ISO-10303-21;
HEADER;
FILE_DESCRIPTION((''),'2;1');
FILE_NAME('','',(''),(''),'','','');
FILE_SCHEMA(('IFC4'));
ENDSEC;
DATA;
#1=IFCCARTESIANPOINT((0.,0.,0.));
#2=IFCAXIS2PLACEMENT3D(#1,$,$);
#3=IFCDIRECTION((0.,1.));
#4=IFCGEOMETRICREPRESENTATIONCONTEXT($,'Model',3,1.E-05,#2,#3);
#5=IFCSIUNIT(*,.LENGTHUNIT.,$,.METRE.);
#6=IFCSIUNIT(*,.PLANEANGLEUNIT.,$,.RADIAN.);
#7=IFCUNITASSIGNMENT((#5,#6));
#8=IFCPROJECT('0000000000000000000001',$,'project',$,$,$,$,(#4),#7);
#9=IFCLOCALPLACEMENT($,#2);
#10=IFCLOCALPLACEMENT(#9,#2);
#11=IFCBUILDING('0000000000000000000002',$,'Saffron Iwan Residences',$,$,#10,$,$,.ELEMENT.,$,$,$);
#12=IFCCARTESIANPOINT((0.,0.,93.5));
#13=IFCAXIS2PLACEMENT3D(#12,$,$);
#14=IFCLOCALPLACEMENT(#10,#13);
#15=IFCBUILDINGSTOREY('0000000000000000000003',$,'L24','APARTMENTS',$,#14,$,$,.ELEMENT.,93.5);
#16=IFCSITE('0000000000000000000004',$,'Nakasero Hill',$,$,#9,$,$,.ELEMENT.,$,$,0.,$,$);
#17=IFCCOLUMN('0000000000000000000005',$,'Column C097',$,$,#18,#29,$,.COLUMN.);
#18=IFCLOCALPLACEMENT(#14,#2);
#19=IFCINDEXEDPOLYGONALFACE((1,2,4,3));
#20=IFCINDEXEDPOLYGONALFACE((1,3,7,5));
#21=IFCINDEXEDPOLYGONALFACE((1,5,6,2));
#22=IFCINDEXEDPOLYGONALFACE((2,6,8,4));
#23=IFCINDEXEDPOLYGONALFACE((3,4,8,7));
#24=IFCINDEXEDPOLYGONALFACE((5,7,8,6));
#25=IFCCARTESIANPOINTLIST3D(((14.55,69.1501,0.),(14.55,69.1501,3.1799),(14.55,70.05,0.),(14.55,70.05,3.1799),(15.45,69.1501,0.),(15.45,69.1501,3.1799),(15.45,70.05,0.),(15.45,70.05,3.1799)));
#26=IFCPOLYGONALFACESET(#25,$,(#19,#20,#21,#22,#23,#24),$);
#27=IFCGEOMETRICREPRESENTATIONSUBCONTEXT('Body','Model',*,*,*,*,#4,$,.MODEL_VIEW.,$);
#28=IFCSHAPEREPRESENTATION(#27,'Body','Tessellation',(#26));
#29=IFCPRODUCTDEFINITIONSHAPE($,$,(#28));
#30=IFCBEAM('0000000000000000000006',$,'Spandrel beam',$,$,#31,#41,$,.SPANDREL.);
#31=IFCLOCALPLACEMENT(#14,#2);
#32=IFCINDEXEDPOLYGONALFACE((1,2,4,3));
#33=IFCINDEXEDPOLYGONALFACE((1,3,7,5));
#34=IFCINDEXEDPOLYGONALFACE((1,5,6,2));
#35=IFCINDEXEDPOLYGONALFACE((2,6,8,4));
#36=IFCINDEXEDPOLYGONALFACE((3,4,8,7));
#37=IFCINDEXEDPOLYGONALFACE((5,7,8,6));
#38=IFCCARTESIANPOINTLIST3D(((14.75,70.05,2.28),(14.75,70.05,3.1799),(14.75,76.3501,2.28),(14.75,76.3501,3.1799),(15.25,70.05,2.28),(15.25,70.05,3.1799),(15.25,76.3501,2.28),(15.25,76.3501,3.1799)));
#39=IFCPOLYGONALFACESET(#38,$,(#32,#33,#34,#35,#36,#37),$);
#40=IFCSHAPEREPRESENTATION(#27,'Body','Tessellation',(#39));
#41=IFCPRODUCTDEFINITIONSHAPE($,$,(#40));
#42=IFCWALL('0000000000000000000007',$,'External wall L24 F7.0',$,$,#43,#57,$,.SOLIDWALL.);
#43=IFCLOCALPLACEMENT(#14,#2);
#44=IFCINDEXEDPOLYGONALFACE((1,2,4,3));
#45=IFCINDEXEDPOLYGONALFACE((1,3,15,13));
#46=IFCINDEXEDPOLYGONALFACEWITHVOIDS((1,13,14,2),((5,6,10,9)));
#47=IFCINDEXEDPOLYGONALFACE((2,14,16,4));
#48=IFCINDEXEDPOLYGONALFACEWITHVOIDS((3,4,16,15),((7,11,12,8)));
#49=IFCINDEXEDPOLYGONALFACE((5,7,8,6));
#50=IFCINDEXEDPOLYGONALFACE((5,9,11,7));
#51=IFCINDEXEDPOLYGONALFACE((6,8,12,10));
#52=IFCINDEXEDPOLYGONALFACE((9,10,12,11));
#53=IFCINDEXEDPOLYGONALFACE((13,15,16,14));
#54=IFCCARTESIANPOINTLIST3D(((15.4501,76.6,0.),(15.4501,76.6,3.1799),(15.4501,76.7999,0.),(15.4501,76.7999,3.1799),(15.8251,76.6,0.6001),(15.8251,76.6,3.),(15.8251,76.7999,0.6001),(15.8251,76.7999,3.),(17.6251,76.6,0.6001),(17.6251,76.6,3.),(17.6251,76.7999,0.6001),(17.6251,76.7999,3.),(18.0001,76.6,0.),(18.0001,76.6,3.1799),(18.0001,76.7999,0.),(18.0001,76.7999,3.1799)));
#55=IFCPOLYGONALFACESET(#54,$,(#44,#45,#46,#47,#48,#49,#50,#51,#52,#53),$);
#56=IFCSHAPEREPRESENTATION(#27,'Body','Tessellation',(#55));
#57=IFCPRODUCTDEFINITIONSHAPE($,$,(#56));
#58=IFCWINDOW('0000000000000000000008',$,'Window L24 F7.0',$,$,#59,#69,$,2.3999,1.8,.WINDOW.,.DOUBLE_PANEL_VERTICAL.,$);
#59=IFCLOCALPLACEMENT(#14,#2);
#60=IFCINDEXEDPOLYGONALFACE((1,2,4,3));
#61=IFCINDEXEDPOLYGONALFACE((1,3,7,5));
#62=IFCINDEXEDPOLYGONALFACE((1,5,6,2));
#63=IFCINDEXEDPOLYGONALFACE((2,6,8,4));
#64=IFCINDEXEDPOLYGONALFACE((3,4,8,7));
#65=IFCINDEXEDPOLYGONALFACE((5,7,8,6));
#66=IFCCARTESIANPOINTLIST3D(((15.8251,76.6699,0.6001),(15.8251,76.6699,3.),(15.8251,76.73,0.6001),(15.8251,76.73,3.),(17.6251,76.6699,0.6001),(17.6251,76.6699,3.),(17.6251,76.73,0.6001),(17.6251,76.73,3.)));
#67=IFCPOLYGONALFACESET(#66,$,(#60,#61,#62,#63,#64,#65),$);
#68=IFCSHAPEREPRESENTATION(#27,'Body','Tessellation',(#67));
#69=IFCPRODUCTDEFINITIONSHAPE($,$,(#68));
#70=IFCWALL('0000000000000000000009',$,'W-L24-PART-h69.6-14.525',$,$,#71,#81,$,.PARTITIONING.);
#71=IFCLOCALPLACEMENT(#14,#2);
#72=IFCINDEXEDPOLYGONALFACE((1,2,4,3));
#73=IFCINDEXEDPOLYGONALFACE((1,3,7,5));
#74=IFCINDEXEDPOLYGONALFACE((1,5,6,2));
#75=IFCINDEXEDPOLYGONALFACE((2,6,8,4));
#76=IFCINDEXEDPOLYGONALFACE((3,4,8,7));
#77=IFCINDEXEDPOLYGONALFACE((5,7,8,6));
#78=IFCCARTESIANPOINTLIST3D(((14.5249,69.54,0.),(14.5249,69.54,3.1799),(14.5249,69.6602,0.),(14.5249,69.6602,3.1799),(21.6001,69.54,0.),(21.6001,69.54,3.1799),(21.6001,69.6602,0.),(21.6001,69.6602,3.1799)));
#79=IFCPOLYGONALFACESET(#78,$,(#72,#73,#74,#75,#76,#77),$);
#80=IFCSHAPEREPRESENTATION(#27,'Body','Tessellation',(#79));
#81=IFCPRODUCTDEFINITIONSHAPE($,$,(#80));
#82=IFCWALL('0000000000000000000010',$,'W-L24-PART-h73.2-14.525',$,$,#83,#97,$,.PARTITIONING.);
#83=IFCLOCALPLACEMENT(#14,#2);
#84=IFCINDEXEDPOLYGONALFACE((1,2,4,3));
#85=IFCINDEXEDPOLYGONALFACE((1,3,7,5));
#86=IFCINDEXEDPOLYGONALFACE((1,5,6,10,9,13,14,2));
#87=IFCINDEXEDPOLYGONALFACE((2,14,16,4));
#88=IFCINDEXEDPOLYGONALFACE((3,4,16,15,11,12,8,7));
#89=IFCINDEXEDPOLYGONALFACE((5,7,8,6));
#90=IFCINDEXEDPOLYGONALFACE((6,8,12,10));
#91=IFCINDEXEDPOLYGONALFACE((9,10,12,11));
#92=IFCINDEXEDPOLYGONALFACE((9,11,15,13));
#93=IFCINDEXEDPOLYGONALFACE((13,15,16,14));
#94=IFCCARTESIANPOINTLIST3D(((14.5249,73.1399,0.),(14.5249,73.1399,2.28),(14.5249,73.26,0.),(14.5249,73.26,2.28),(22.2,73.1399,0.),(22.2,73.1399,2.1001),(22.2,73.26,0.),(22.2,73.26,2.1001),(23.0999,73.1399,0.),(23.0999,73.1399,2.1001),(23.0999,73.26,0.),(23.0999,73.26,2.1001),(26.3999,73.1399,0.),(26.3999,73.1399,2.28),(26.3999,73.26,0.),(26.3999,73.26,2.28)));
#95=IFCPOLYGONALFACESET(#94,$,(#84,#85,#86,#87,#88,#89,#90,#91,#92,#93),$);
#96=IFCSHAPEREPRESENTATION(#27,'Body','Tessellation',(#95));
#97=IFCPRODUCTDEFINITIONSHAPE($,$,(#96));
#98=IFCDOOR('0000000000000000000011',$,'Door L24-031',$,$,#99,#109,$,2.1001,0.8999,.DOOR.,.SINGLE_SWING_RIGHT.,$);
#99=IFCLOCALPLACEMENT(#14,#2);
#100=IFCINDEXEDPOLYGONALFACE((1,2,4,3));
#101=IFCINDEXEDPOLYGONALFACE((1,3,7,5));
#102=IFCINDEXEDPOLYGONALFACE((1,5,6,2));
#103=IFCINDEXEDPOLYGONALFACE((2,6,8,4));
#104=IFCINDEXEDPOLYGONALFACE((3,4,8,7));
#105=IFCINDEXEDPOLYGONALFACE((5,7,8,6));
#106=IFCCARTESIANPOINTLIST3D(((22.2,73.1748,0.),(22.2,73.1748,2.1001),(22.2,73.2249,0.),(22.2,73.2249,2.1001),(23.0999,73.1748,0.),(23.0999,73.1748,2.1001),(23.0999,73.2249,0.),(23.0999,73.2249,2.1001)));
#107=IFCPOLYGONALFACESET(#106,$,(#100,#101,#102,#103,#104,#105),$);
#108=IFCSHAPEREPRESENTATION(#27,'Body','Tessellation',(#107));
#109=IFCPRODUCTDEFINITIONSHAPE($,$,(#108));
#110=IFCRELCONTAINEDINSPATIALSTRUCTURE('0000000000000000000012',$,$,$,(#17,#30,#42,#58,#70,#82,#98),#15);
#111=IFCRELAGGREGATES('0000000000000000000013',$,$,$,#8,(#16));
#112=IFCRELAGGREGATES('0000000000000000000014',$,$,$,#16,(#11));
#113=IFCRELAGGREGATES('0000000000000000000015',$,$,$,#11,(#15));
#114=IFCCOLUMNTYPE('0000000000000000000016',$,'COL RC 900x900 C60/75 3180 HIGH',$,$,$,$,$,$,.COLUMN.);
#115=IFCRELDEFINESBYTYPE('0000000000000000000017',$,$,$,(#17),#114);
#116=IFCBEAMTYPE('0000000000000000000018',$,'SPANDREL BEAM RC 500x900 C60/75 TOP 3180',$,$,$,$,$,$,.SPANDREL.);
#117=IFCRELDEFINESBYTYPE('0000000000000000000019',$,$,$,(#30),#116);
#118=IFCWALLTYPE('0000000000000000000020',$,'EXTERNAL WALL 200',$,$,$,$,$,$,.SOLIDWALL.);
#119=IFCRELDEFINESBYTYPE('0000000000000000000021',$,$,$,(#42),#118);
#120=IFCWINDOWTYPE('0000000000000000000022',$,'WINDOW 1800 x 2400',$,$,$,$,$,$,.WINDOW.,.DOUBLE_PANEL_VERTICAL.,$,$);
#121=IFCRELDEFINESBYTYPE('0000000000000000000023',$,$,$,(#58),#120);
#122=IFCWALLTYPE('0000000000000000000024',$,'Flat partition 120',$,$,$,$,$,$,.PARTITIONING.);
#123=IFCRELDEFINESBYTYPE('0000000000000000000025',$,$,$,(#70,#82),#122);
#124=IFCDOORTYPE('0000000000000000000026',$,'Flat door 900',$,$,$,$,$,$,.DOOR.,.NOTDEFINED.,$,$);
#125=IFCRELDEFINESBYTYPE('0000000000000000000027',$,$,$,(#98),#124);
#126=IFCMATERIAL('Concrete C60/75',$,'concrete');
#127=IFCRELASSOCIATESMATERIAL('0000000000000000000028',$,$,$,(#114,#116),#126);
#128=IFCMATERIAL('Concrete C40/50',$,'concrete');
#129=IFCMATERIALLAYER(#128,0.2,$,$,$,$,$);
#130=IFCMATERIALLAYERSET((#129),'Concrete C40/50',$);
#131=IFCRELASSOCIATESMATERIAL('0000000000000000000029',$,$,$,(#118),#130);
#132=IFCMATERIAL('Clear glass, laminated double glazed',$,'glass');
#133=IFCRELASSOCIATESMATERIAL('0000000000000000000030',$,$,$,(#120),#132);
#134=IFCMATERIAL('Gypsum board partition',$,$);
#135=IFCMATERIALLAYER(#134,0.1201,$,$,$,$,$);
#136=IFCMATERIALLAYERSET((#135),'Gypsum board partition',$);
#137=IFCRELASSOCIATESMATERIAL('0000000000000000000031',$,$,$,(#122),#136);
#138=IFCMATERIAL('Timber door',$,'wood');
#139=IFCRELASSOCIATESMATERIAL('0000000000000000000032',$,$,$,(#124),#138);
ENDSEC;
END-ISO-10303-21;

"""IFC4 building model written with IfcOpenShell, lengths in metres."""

from ifc_helpers import new_model, si_unit, direction, frame, frame_2d, origin, origin_2d, place, context, subcontext, project, spatial, rectangle, extrude, source, transform, mapped, material, layer, layer_set, material_profile, profile_set, type_object, element, fill, save


model = new_model("IFC4")

# Units and contexts
model_context = context("Model", 3, precision=1e-05, world=origin(), true_north=direction((0.0, 1.0)))
body_context = subcontext(model_context, "Body", "Model", "MODEL_VIEW")
ifc_project = project(units=[si_unit("LENGTHUNIT", "METRE"), si_unit("PLANEANGLEUNIT", "RADIAN")], contexts=[model_context])

# Site, building, storey
site_placement = place(None, origin())
site = spatial("IfcSite", under=ifc_project, at=site_placement, Name="Nakasero Hill", CompositionType="ELEMENT", RefElevation=0.0)
building_placement = place(site_placement, origin())
building = spatial("IfcBuilding", under=site, at=building_placement, Name="Saffron Iwan Residences", CompositionType="ELEMENT")
storey_placement = place(building_placement, frame((0.0, 0.0, 93.5)))
storey = spatial("IfcBuildingStorey", under=building, at=storey_placement, Name="L24", Description="APARTMENTS", CompositionType="ELEMENT", Elevation=93.5)

# Column
ifc_material_1 = material(Name="Concrete C60/75", Category="concrete")
ifc_material_profile_1 = material_profile(ifc_material_1, rectangle(XDim=0.8999, YDim=0.8999, at=origin_2d()), Name="RC 900x900")
ifc_profile_set_1 = profile_set([ifc_material_profile_1], Name="Concrete C60/75")
column_type = type_object("IfcColumnType", Name="COL RC 900x900 C60/75 3180 HIGH", PredefinedType="COLUMN", material=ifc_profile_set_1)
shared_shape_1 = source(origin(), body_context, "Body", "SweptSolid", [
    extrude(rectangle(XDim=0.8999, YDim=0.8999, at=origin_2d()), origin(), (0.0, 0.0, 1.0), 3.1799),
])
column_placement = place(storey_placement, frame((15.0, 69.6001, 0.0), z_axis=(0.0, 0.0, 1.0), x_axis=(1.0, 0.0, 0.0)))
element("IfcColumn", 1, at=column_placement, inside=storey, type_object=column_type, Name="Column C097", PredefinedType="COLUMN", context=body_context, shape_type="MappedRepresentation", body=[
    mapped(shared_shape_1, transform((0.0, 0.0, 0.0))),
])

# Beam
ifc_material_profile_2 = material_profile(ifc_material_1, rectangle(XDim=0.5, YDim=0.8999, at=origin_2d()), Name="RC 500x900")
ifc_profile_set_2 = profile_set([ifc_material_profile_2], Name="Concrete C60/75")
beam_type = type_object("IfcBeamType", Name="SPANDREL BEAM RC 500x900 C60/75 TOP 3180", PredefinedType="SPANDREL", material=ifc_profile_set_2)
shared_shape_2 = source(origin(), body_context, "Body", "SweptSolid", [
    extrude(rectangle(XDim=0.5, YDim=0.8999, at=origin_2d()), origin(), (0.0, 0.0, 1.0), 6.3),
])
beam_placement = place(storey_placement, frame((15.0, 70.05, 2.73), z_axis=(0.0, 1.0, 0.0), x_axis=(-1.0, 0.0, 0.0)))
element("IfcBeam", 2, at=beam_placement, inside=storey, type_object=beam_type, Name="Spandrel beam", PredefinedType="SPANDREL", context=body_context, shape_type="MappedRepresentation", body=[
    mapped(shared_shape_2, transform((0.0, 0.0, 0.0))),
])

# Wall, opening, window
ifc_material_2 = material(Name="Concrete C40/50", Category="concrete")
ifc_layer_1 = layer(ifc_material_2, 0.2)
ifc_layer_set_1 = layer_set([ifc_layer_1], Name="Concrete C40/50")
wall_type_1 = type_object("IfcWallType", Name="EXTERNAL WALL 200", PredefinedType="SOLIDWALL", material=ifc_layer_set_1)
wall_1_placement = place(storey_placement, frame((18.0, 76.7, 0.0), z_axis=(0.0, 0.0, 1.0), x_axis=(-1.0, 0.0, 0.0)))
wall_1 = element("IfcWall", 3, at=wall_1_placement, inside=storey, type_object=wall_type_1, Name="External wall L24 F7.0", PredefinedType="SOLIDWALL", context=body_context, shape_type="SweptSolid", body=[
    extrude(rectangle(XDim=2.55, YDim=0.2, at=frame_2d((1.2749, 0.0))), origin(), (0.0, 0.0, 1.0), 3.1799),
])
opening_1_placement = place(wall_1_placement, frame((0.375, 0.0, 0.6001)))
opening_1 = element("IfcOpeningElement", 4, at=opening_1_placement, cuts=wall_1, PredefinedType="OPENING", context=body_context, shape_type="SweptSolid", body=[
    extrude(rectangle(XDim=1.8, YDim=2.3999, at=frame_2d((0.8999, 1.2))), frame((0.0, 0.1099, 0.0), z_axis=(0.0, -1.0, 0.0), x_axis=(1.0, 0.0, 0.0)), (0.0, 0.0, 1.0), 0.22),
])
ifc_material_3 = material(Name="Clear glass, laminated double glazed", Category="glass")
window_type_1 = type_object("IfcWindowType", Name="WINDOW 1800 x 2400", PartitioningType="DOUBLE_PANEL_VERTICAL", PredefinedType="WINDOW", material=ifc_material_3)
window_1_placement = place(opening_1_placement, origin())
window_1 = element("IfcWindow", 5, at=window_1_placement, inside=storey, type_object=window_type_1, Name="Window L24 F7.0", OverallHeight=2.3999, OverallWidth=1.8, PartitioningType="DOUBLE_PANEL_VERTICAL", PredefinedType="WINDOW", context=body_context, shape_type="SweptSolid", body=[
    extrude(rectangle(XDim=1.8, YDim=2.3999, at=frame_2d((0.8999, 1.2))), frame((0.0, 0.03, 0.0), z_axis=(0.0, -1.0, 0.0), x_axis=(1.0, 0.0, 0.0)), (0.0, 0.0, 1.0), 0.0601),
])
fill(opening_1, window_1)

# Wall
ifc_material_4 = material(Name="Gypsum board partition")
ifc_layer_2 = layer(ifc_material_4, 0.1201)
ifc_layer_set_2 = layer_set([ifc_layer_2], Name="Gypsum board partition")
wall_type_2 = type_object("IfcWallType", Name="Flat partition 120", PredefinedType="PARTITIONING", material=ifc_layer_set_2)
wall_2_placement = place(storey_placement, frame((14.5249, 69.6001, 0.0), z_axis=(0.0, 0.0, 1.0), x_axis=(1.0, 0.0, 0.0)))
element("IfcWall", 6, at=wall_2_placement, inside=storey, type_object=wall_type_2, Name="W-L24-PART-h69.6-14.525", PredefinedType="PARTITIONING", context=body_context, shape_type="SweptSolid", body=[
    extrude(rectangle(XDim=7.0752, YDim=0.1201, at=frame_2d((3.5376, 0.0))), origin(), (0.0, 0.0, 1.0), 3.1799),
])

# Wall, opening, door
wall_3_placement = place(storey_placement, frame((14.5249, 73.2, 0.0), z_axis=(0.0, 0.0, 1.0), x_axis=(1.0, 0.0, 0.0)))
wall_3 = element("IfcWall", 7, at=wall_3_placement, inside=storey, type_object=wall_type_2, Name="W-L24-PART-h73.2-14.525", PredefinedType="PARTITIONING", context=body_context, shape_type="SweptSolid", body=[
    extrude(rectangle(XDim=11.875, YDim=0.1201, at=frame_2d((5.9375, 0.0))), origin(), (0.0, 0.0, 1.0), 2.28),
])
opening_2_placement = place(wall_3_placement, frame((7.675, 0.0, 0.0)))
opening_2 = element("IfcOpeningElement", 8, at=opening_2_placement, cuts=wall_3, PredefinedType="OPENING", context=body_context, shape_type="SweptSolid", body=[
    extrude(rectangle(XDim=0.8999, YDim=2.1001, at=frame_2d((0.45, 1.05))), frame((0.0, 0.0701, 0.0), z_axis=(0.0, -1.0, 0.0), x_axis=(1.0, 0.0, 0.0)), (0.0, 0.0, 1.0), 0.1401),
])
ifc_material_5 = material(Name="Timber door", Category="wood")
door_type_1 = type_object("IfcDoorType", Name="Flat door 900", OperationType="NOTDEFINED", PredefinedType="DOOR", material=ifc_material_5)
door_1_placement = place(opening_2_placement, origin())
door_1 = element("IfcDoor", 9, at=door_1_placement, inside=storey, type_object=door_type_1, Name="Door L24-031", OperationType="SINGLE_SWING_RIGHT", OverallHeight=2.1001, OverallWidth=0.8999, PredefinedType="DOOR", context=body_context, shape_type="SweptSolid", body=[
    extrude(rectangle(XDim=0.8999, YDim=2.1001, at=frame_2d((0.45, 1.05))), frame((0.0, 0.0249, 0.0), z_axis=(0.0, -1.0, 0.0), x_axis=(1.0, 0.0, 0.0)), (0.0, 0.0, 1.0), 0.05),
])
fill(opening_2, door_1)

save(model, "model.ifc")
